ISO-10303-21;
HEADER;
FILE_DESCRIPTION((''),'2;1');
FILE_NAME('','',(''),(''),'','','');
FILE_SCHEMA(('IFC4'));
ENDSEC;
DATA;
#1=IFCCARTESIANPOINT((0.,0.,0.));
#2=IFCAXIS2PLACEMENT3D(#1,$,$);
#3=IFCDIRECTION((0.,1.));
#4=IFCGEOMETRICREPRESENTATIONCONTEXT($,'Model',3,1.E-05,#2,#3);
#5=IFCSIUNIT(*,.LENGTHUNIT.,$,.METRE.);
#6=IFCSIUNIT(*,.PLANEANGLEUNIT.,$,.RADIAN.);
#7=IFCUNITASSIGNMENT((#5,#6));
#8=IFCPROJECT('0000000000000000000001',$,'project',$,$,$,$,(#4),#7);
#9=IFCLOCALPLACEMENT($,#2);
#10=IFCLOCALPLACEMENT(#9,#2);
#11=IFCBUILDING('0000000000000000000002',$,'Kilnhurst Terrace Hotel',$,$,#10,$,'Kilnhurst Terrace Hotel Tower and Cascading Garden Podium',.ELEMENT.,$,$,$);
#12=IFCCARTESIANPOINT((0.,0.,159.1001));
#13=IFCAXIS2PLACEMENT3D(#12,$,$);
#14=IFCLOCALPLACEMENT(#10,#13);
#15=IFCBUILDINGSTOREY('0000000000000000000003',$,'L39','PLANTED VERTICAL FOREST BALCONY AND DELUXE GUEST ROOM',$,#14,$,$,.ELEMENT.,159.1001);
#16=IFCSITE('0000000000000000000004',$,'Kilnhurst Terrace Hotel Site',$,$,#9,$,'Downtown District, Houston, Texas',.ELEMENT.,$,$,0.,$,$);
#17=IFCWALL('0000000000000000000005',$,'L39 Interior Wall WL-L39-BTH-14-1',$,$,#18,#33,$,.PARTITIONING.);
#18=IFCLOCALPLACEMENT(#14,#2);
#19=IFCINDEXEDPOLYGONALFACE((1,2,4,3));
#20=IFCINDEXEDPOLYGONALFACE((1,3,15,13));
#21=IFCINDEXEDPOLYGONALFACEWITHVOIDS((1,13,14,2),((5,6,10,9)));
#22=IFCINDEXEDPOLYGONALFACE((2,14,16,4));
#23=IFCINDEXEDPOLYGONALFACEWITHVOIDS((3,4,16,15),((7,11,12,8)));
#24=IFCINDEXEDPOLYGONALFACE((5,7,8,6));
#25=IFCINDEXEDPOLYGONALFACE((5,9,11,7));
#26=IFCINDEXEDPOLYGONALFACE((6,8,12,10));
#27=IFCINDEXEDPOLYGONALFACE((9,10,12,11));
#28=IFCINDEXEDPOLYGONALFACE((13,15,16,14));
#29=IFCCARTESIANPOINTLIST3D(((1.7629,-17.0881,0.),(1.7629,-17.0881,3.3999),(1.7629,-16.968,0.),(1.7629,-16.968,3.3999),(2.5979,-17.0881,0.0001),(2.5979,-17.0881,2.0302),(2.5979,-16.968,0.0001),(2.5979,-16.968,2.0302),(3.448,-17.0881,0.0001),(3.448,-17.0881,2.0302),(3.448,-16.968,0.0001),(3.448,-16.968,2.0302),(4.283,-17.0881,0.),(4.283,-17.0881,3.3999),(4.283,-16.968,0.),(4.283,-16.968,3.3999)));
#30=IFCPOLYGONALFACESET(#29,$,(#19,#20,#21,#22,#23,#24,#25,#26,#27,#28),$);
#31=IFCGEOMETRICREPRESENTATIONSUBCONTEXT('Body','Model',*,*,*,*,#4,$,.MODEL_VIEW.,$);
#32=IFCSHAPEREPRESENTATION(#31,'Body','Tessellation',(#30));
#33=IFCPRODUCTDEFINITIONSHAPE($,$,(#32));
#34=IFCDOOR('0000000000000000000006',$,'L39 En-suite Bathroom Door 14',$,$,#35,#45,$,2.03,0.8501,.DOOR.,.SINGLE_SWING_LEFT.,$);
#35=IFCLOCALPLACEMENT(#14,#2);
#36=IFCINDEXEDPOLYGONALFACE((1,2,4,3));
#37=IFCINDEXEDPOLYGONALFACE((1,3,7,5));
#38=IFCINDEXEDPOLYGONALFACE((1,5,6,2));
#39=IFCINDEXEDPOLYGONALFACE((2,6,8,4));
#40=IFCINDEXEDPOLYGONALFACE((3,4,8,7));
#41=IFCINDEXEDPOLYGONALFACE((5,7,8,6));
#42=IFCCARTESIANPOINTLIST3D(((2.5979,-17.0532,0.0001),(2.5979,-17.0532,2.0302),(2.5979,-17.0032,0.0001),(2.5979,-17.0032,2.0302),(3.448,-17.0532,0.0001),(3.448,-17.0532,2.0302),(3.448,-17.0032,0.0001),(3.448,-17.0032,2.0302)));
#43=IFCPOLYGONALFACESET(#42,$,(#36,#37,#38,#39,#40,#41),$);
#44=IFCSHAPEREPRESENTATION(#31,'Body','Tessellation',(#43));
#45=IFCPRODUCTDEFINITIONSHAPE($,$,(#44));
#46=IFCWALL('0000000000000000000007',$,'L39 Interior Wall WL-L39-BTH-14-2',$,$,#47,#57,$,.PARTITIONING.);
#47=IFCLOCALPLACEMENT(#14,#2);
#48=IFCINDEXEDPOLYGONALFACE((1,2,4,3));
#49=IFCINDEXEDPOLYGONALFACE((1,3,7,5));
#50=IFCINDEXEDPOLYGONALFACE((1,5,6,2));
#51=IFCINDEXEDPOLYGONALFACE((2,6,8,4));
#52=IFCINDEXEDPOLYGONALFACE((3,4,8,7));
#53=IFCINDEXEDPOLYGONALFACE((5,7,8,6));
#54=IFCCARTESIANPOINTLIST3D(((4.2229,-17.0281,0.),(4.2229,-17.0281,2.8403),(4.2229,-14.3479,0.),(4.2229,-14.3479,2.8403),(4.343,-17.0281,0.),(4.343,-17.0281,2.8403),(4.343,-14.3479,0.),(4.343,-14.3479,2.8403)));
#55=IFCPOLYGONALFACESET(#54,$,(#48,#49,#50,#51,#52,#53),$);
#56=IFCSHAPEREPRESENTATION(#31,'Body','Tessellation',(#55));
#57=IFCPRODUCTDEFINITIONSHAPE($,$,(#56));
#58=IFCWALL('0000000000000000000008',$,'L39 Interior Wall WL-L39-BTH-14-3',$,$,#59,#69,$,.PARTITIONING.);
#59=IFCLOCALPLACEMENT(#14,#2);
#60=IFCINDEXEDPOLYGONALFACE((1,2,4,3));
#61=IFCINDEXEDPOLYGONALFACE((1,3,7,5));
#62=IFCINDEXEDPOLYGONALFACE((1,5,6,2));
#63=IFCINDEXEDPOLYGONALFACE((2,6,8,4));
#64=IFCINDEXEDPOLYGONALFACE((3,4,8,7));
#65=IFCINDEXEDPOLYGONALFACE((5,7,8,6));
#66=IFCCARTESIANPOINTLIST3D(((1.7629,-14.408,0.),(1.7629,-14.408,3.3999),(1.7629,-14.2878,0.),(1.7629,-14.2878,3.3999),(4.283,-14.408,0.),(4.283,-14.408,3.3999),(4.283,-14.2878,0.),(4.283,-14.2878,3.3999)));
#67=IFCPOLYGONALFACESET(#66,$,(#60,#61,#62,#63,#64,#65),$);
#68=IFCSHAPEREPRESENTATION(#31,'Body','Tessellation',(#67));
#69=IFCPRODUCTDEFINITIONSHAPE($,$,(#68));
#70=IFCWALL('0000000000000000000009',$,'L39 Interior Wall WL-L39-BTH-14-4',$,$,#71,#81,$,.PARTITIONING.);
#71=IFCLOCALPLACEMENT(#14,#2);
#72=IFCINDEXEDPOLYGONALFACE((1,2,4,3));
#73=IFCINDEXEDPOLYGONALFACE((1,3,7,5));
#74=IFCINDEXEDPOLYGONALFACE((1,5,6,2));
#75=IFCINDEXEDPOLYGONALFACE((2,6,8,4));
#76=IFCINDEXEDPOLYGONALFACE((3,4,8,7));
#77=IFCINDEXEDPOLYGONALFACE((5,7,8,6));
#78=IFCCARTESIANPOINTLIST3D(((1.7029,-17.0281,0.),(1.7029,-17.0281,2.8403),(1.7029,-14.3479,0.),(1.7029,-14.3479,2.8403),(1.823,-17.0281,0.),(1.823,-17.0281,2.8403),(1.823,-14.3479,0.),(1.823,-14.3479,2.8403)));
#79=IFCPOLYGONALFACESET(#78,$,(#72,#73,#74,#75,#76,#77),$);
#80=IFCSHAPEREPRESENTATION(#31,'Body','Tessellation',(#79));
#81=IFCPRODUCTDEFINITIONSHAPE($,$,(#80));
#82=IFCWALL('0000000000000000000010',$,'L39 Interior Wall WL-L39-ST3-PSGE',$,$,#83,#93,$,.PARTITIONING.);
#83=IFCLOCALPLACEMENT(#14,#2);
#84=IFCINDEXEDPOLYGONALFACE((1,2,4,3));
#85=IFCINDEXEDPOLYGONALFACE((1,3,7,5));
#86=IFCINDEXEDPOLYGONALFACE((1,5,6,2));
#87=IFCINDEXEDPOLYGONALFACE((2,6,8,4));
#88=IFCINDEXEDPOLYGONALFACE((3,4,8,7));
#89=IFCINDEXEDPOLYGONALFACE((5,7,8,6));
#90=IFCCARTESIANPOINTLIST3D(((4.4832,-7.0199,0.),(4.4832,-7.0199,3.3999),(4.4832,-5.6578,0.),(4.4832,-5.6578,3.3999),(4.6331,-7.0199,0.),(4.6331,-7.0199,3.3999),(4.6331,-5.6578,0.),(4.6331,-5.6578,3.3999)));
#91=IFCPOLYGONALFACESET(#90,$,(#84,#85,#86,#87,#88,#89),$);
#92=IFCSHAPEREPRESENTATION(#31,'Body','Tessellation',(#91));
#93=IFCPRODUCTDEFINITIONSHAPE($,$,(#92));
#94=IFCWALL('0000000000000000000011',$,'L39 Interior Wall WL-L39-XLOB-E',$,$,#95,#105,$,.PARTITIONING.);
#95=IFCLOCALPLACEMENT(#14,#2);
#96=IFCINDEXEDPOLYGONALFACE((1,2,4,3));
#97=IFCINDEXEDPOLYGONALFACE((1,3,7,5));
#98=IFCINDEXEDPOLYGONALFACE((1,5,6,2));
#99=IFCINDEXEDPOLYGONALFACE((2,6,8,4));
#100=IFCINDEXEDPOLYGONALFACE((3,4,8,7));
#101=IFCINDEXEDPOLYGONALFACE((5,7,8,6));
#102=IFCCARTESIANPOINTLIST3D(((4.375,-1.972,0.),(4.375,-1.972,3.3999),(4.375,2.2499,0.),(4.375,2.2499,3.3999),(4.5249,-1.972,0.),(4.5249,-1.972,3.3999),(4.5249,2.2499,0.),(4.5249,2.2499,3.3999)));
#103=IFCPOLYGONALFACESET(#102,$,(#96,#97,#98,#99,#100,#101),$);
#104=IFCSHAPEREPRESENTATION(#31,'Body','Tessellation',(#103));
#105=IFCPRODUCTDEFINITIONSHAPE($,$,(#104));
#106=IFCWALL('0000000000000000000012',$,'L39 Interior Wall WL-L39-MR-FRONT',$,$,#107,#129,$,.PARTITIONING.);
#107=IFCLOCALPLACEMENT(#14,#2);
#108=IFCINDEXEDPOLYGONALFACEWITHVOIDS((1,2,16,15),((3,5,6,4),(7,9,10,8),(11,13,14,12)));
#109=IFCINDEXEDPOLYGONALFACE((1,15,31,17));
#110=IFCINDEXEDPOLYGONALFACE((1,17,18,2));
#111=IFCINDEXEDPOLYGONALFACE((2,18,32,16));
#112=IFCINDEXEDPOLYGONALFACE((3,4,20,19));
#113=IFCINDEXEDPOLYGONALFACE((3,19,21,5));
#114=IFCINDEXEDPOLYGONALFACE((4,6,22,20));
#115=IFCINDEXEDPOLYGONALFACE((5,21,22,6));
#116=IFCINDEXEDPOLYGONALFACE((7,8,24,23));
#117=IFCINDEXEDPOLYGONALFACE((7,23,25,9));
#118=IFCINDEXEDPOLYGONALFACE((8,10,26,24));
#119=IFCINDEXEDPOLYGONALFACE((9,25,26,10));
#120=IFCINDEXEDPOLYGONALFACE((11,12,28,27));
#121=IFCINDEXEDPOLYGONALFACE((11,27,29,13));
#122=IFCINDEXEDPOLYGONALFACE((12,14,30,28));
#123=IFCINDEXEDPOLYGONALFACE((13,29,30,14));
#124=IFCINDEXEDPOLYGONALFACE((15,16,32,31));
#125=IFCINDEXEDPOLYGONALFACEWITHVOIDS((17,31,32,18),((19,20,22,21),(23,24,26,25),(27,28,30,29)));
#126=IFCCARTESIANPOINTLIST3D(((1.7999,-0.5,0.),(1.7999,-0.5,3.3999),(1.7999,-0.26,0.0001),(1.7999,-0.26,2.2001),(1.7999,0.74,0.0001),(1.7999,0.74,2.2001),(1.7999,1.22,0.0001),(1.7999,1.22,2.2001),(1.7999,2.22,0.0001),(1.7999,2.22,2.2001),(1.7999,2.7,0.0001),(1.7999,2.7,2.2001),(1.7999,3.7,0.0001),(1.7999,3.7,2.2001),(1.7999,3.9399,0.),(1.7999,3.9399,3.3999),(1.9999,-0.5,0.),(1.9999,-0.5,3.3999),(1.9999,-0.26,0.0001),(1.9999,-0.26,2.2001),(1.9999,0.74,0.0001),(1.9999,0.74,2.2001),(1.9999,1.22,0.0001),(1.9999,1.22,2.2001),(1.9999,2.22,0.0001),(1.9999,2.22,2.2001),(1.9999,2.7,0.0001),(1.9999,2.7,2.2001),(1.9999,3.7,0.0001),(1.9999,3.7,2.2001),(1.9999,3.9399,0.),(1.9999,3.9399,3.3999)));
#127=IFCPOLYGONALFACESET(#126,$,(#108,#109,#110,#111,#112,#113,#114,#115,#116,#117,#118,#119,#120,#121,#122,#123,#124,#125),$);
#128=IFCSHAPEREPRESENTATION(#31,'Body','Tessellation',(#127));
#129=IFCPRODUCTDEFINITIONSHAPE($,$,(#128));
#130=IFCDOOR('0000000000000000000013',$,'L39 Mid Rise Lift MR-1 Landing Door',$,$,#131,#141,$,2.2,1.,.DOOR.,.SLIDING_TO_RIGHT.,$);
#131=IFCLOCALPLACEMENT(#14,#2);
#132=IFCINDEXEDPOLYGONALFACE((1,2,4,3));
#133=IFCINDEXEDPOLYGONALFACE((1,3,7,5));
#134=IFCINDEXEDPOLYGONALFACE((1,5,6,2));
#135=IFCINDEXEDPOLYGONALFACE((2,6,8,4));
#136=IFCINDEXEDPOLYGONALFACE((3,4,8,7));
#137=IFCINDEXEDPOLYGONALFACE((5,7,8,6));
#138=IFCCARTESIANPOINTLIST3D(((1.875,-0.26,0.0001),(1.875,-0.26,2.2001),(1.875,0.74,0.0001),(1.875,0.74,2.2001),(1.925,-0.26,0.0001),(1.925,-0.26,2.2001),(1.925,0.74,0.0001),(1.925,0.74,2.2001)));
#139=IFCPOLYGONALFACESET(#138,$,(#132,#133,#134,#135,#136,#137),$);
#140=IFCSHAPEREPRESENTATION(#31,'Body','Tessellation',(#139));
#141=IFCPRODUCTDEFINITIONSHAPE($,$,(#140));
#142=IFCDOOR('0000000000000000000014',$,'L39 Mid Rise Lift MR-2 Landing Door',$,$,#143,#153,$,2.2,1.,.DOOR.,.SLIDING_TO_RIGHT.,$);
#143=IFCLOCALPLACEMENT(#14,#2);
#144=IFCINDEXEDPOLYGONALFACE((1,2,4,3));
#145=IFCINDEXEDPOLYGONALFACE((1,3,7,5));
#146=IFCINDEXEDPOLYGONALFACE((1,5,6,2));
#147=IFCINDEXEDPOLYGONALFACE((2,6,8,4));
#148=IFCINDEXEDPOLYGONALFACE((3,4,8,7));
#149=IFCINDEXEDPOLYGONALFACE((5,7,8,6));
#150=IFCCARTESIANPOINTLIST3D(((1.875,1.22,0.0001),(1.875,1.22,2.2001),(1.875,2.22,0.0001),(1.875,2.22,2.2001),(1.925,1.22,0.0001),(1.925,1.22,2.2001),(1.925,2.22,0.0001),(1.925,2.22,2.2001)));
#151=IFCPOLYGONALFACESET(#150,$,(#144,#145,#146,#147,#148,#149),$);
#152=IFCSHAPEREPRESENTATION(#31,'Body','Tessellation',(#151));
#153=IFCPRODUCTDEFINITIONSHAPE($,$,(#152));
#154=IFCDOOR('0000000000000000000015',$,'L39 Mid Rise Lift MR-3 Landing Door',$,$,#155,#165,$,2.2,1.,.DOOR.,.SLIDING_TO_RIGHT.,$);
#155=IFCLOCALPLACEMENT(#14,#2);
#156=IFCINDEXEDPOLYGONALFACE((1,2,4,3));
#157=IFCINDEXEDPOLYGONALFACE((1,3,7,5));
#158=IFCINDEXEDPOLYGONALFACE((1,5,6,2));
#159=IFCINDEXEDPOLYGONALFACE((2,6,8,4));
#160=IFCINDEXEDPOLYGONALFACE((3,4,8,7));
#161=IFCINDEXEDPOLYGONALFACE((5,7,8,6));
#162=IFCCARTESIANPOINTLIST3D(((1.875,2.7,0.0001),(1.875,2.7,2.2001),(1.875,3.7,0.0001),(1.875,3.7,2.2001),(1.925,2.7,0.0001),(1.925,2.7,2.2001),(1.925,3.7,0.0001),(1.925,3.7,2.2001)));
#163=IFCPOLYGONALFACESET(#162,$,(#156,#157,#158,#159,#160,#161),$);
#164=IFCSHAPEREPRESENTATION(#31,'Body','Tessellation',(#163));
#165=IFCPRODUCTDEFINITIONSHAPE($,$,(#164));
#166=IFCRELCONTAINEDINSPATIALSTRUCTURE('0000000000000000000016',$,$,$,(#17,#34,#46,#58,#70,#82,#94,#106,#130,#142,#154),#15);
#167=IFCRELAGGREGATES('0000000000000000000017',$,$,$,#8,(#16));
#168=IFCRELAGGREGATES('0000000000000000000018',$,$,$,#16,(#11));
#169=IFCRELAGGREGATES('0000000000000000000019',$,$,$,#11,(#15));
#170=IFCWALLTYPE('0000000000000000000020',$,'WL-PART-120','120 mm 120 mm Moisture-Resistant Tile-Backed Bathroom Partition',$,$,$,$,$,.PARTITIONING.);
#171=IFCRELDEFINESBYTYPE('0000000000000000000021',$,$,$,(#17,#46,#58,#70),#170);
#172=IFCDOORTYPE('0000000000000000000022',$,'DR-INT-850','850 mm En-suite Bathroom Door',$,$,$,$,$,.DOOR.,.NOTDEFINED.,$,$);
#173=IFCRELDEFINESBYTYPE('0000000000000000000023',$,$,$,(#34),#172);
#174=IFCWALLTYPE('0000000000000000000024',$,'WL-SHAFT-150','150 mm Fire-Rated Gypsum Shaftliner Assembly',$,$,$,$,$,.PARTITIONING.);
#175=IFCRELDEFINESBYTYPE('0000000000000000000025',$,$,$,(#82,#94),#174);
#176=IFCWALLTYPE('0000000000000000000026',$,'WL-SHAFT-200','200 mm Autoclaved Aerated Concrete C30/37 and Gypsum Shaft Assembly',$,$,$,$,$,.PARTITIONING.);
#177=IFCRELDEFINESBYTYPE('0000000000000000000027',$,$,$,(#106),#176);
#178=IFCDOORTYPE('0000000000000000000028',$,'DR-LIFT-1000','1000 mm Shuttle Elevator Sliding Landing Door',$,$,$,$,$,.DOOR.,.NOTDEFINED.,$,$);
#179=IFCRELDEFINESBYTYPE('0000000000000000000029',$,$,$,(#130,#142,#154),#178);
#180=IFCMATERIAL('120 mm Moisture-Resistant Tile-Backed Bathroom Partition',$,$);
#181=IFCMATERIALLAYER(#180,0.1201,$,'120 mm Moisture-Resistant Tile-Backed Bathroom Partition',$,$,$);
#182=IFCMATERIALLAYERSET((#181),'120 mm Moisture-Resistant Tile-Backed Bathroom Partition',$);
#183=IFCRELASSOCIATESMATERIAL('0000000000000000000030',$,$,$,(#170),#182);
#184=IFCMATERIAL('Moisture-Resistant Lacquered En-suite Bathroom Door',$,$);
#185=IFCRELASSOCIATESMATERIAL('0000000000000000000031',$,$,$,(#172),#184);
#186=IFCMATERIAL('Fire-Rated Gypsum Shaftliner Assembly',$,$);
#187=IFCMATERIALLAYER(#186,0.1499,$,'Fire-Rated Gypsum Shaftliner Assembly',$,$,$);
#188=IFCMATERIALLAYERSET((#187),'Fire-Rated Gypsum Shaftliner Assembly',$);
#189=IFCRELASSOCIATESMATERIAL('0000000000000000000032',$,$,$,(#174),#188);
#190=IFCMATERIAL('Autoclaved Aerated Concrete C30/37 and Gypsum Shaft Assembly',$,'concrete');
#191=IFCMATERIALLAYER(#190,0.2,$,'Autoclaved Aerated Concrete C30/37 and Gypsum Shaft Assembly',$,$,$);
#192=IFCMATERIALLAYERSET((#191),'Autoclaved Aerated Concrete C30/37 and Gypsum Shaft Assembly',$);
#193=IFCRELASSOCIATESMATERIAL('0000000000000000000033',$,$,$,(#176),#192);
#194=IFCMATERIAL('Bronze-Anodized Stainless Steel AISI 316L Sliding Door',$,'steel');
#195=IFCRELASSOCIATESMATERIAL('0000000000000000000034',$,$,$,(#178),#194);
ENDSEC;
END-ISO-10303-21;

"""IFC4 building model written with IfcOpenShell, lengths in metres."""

from ifc_helpers import new_model, si_unit, direction, frame, frame_2d, origin, place, context, subcontext, project, spatial, rectangle, extrude, material, layer, layer_set, type_object, element, fill, save


model = new_model("IFC4")

# Units and contexts
model_context = context("Model", 3, precision=1e-05, world=origin(), true_north=direction((0.0, 1.0)))
body_context = subcontext(model_context, "Body", "Model", "MODEL_VIEW")
ifc_project = project(units=[si_unit("LENGTHUNIT", "METRE"), si_unit("PLANEANGLEUNIT", "RADIAN")], contexts=[model_context])

# Site, building, storey
site_placement = place(None, origin())
site = spatial("IfcSite", under=ifc_project, at=site_placement, Name="Kilnhurst Terrace Hotel Site", LongName="Downtown District, Houston, Texas", CompositionType="ELEMENT", RefElevation=0.0)
building_placement = place(site_placement, origin())
building = spatial("IfcBuilding", under=site, at=building_placement, Name="Kilnhurst Terrace Hotel", LongName="Kilnhurst Terrace Hotel Tower and Cascading Garden Podium", CompositionType="ELEMENT")
storey_placement = place(building_placement, frame((0.0, 0.0, 159.1001)))
storey = spatial("IfcBuildingStorey", under=building, at=storey_placement, Name="L39", Description="PLANTED VERTICAL FOREST BALCONY AND DELUXE GUEST ROOM", CompositionType="ELEMENT", Elevation=159.1001)

# Shared definitions
ifc_material_1 = material(Name="120 mm Moisture-Resistant Tile-Backed Bathroom Partition")
ifc_layer_1 = layer(ifc_material_1, 0.1201, Name="120 mm Moisture-Resistant Tile-Backed Bathroom Partition")
ifc_layer_set_1 = layer_set([ifc_layer_1], Name="120 mm Moisture-Resistant Tile-Backed Bathroom Partition")
wall_type_1 = type_object("IfcWallType", Name="WL-PART-120", Description="120 mm 120 mm Moisture-Resistant Tile-Backed Bathroom Partition", PredefinedType="PARTITIONING", material=ifc_layer_set_1)

# Wall, opening, door
wall_1_placement = place(storey_placement, frame((1.7629, -17.0281, 0.0), z_axis=(0.0, 0.0, 1.0), x_axis=(1.0, 0.0, 0.0)))
wall_1 = element("IfcWall", 1, at=wall_1_placement, inside=storey, type_object=wall_type_1, Name="L39 Interior Wall WL-L39-BTH-14-1", PredefinedType="PARTITIONING", context=body_context, shape_type="SweptSolid", body=[
    extrude(rectangle(XDim=2.52, YDim=0.1201, at=frame_2d((1.26, 0.0))), origin(), (0.0, 0.0, 1.0), 3.3999),
])
opening_1_placement = place(wall_1_placement, frame((0.835, 0.0, 0.0)))
opening_1 = element("IfcOpeningElement", 2, at=opening_1_placement, cuts=wall_1, PredefinedType="OPENING", context=body_context, shape_type="SweptSolid", body=[
    extrude(rectangle(XDim=0.8501, YDim=2.03, at=frame_2d((0.425, 1.0151))), frame((0.0, 0.0701, 0.0), z_axis=(0.0, -1.0, 0.0), x_axis=(1.0, 0.0, 0.0)), (0.0, 0.0, 1.0), 0.1401),
])
ifc_material_2 = material(Name="Moisture-Resistant Lacquered En-suite Bathroom Door")
door_type_1 = type_object("IfcDoorType", Name="DR-INT-850", Description="850 mm En-suite Bathroom Door", OperationType="NOTDEFINED", PredefinedType="DOOR", material=ifc_material_2)
door_1_placement = place(opening_1_placement, origin())
door_1 = element("IfcDoor", 3, at=door_1_placement, inside=storey, type_object=door_type_1, Name="L39 En-suite Bathroom Door 14", OperationType="SINGLE_SWING_LEFT", OverallHeight=2.03, OverallWidth=0.8501, PredefinedType="DOOR", context=body_context, shape_type="SweptSolid", body=[
    extrude(rectangle(XDim=0.8501, YDim=2.03, at=frame_2d((0.425, 1.0151))), frame((0.0, 0.0249, 0.0), z_axis=(0.0, -1.0, 0.0), x_axis=(1.0, 0.0, 0.0)), (0.0, 0.0, 1.0), 0.05),
])
fill(opening_1, door_1)

# Walls
wall_2_placement = place(storey_placement, frame((4.283, -17.0281, 0.0), z_axis=(0.0, 0.0, 1.0), x_axis=(0.0, 1.0, 0.0)))
element("IfcWall", 4, at=wall_2_placement, inside=storey, type_object=wall_type_1, Name="L39 Interior Wall WL-L39-BTH-14-2", PredefinedType="PARTITIONING", context=body_context, shape_type="SweptSolid", body=[
    extrude(rectangle(XDim=2.6802, YDim=0.1201, at=frame_2d((1.3401, 0.0))), origin(), (0.0, 0.0, 1.0), 2.8403),
])
wall_3_placement = place(storey_placement, frame((4.283, -14.3479, 0.0), z_axis=(0.0, 0.0, 1.0), x_axis=(-1.0, 0.0, 0.0)))
element("IfcWall", 5, at=wall_3_placement, inside=storey, type_object=wall_type_1, Name="L39 Interior Wall WL-L39-BTH-14-3", PredefinedType="PARTITIONING", context=body_context, shape_type="SweptSolid", body=[
    extrude(rectangle(XDim=2.52, YDim=0.1201, at=frame_2d((1.26, 0.0))), origin(), (0.0, 0.0, 1.0), 3.3999),
])
wall_4_placement = place(storey_placement, frame((1.7629, -14.3479, 0.0), z_axis=(0.0, 0.0, 1.0), x_axis=(0.0, -1.0, 0.0)))
element("IfcWall", 6, at=wall_4_placement, inside=storey, type_object=wall_type_1, Name="L39 Interior Wall WL-L39-BTH-14-4", PredefinedType="PARTITIONING", context=body_context, shape_type="SweptSolid", body=[
    extrude(rectangle(XDim=2.6802, YDim=0.1201, at=frame_2d((1.3401, 0.0))), origin(), (0.0, 0.0, 1.0), 2.8403),
])
ifc_material_3 = material(Name="Fire-Rated Gypsum Shaftliner Assembly")
ifc_layer_2 = layer(ifc_material_3, 0.1499, Name="Fire-Rated Gypsum Shaftliner Assembly")
ifc_layer_set_2 = layer_set([ifc_layer_2], Name="Fire-Rated Gypsum Shaftliner Assembly")
wall_type_2 = type_object("IfcWallType", Name="WL-SHAFT-150", Description="150 mm Fire-Rated Gypsum Shaftliner Assembly", PredefinedType="PARTITIONING", material=ifc_layer_set_2)
wall_5_placement = place(storey_placement, frame((4.5581, -7.02, 0.0), z_axis=(0.0, 0.0, 1.0), x_axis=(0.0, 1.0, 0.0)))
element("IfcWall", 7, at=wall_5_placement, inside=storey, type_object=wall_type_2, Name="L39 Interior Wall WL-L39-ST3-PSGE", PredefinedType="PARTITIONING", context=body_context, shape_type="SweptSolid", body=[
    extrude(rectangle(XDim=1.3621, YDim=0.1499, at=frame_2d((0.6812, 0.0))), origin(), (0.0, 0.0, 1.0), 3.3999),
])
wall_6_placement = place(storey_placement, frame((4.45, -1.9719, 0.0), z_axis=(0.0, 0.0, 1.0), x_axis=(0.0, 1.0, 0.0)))
element("IfcWall", 8, at=wall_6_placement, inside=storey, type_object=wall_type_2, Name="L39 Interior Wall WL-L39-XLOB-E", PredefinedType="PARTITIONING", context=body_context, shape_type="SweptSolid", body=[
    extrude(rectangle(XDim=4.2219, YDim=0.1499, at=frame_2d((2.1108, 0.0))), origin(), (0.0, 0.0, 1.0), 3.3999),
])

# Wall, openings, doors
ifc_material_4 = material(Name="Autoclaved Aerated Concrete C30/37 and Gypsum Shaft Assembly", Category="concrete")
ifc_layer_3 = layer(ifc_material_4, 0.2, Name="Autoclaved Aerated Concrete C30/37 and Gypsum Shaft Assembly")
ifc_layer_set_3 = layer_set([ifc_layer_3], Name="Autoclaved Aerated Concrete C30/37 and Gypsum Shaft Assembly")
wall_type_3 = type_object("IfcWallType", Name="WL-SHAFT-200", Description="200 mm Autoclaved Aerated Concrete C30/37 and Gypsum Shaft Assembly", PredefinedType="PARTITIONING", material=ifc_layer_set_3)
wall_7_placement = place(storey_placement, frame((1.8999, -0.5, 0.0), z_axis=(0.0, 0.0, 1.0), x_axis=(0.0, 1.0, 0.0)))
wall_7 = element("IfcWall", 9, at=wall_7_placement, inside=storey, type_object=wall_type_3, Name="L39 Interior Wall WL-L39-MR-FRONT", PredefinedType="PARTITIONING", context=body_context, shape_type="SweptSolid", body=[
    extrude(rectangle(XDim=4.4399, YDim=0.2, at=frame_2d((2.22, 0.0))), origin(), (0.0, 0.0, 1.0), 3.3999),
])
opening_2_placement = place(wall_7_placement, frame((0.24, 0.0, 0.0)))
opening_2 = element("IfcOpeningElement", 10, at=opening_2_placement, cuts=wall_7, PredefinedType="OPENING", context=body_context, shape_type="SweptSolid", body=[
    extrude(rectangle(XDim=1.0, YDim=2.2, at=frame_2d((0.5, 1.1001))), frame((0.0, 0.1099, 0.0), z_axis=(0.0, -1.0, 0.0), x_axis=(1.0, 0.0, 0.0)), (0.0, 0.0, 1.0), 0.22),
])
opening_3_placement = place(wall_7_placement, frame((1.72, 0.0, 0.0)))
opening_3 = element("IfcOpeningElement", 11, at=opening_3_placement, cuts=wall_7, PredefinedType="OPENING", context=body_context, shape_type="SweptSolid", body=[
    extrude(rectangle(XDim=1.0, YDim=2.2, at=frame_2d((0.5, 1.1001))), frame((0.0, 0.1099, 0.0), z_axis=(0.0, -1.0, 0.0), x_axis=(1.0, 0.0, 0.0)), (0.0, 0.0, 1.0), 0.22),
])
opening_4_placement = place(wall_7_placement, frame((3.2, 0.0, 0.0)))
opening_4 = element("IfcOpeningElement", 12, at=opening_4_placement, cuts=wall_7, PredefinedType="OPENING", context=body_context, shape_type="SweptSolid", body=[
    extrude(rectangle(XDim=1.0, YDim=2.2, at=frame_2d((0.5, 1.1001))), frame((0.0, 0.1099, 0.0), z_axis=(0.0, -1.0, 0.0), x_axis=(1.0, 0.0, 0.0)), (0.0, 0.0, 1.0), 0.22),
])
ifc_material_5 = material(Name="Bronze-Anodized Stainless Steel AISI 316L Sliding Door", Category="steel")
door_type_2 = type_object("IfcDoorType", Name="DR-LIFT-1000", Description="1000 mm Shuttle Elevator Sliding Landing Door", OperationType="NOTDEFINED", PredefinedType="DOOR", material=ifc_material_5)
door_2_placement = place(opening_2_placement, origin())
door_2 = element("IfcDoor", 13, at=door_2_placement, inside=storey, type_object=door_type_2, Name="L39 Mid Rise Lift MR-1 Landing Door", OperationType="SLIDING_TO_RIGHT", OverallHeight=2.2, OverallWidth=1.0, PredefinedType="DOOR", context=body_context, shape_type="SweptSolid", body=[
    extrude(rectangle(XDim=1.0, YDim=2.2, at=frame_2d((0.5, 1.1001))), frame((0.0, 0.0249, 0.0), z_axis=(0.0, -1.0, 0.0), x_axis=(1.0, 0.0, 0.0)), (0.0, 0.0, 1.0), 0.05),
])
fill(opening_2, door_2)
door_3_placement = place(opening_3_placement, origin())
door_3 = element("IfcDoor", 14, at=door_3_placement, inside=storey, type_object=door_type_2, Name="L39 Mid Rise Lift MR-2 Landing Door", OperationType="SLIDING_TO_RIGHT", OverallHeight=2.2, OverallWidth=1.0, PredefinedType="DOOR", context=body_context, shape_type="SweptSolid", body=[
    extrude(rectangle(XDim=1.0, YDim=2.2, at=frame_2d((0.5, 1.1001))), frame((0.0, 0.0249, 0.0), z_axis=(0.0, -1.0, 0.0), x_axis=(1.0, 0.0, 0.0)), (0.0, 0.0, 1.0), 0.05),
])
fill(opening_3, door_3)
door_4_placement = place(opening_4_placement, origin())
door_4 = element("IfcDoor", 15, at=door_4_placement, inside=storey, type_object=door_type_2, Name="L39 Mid Rise Lift MR-3 Landing Door", OperationType="SLIDING_TO_RIGHT", OverallHeight=2.2, OverallWidth=1.0, PredefinedType="DOOR", context=body_context, shape_type="SweptSolid", body=[
    extrude(rectangle(XDim=1.0, YDim=2.2, at=frame_2d((0.5, 1.1001))), frame((0.0, 0.0249, 0.0), z_axis=(0.0, -1.0, 0.0), x_axis=(1.0, 0.0, 0.0)), (0.0, 0.0, 1.0), 0.05),
])
fill(opening_4, door_4)

save(model, "model.ifc")
